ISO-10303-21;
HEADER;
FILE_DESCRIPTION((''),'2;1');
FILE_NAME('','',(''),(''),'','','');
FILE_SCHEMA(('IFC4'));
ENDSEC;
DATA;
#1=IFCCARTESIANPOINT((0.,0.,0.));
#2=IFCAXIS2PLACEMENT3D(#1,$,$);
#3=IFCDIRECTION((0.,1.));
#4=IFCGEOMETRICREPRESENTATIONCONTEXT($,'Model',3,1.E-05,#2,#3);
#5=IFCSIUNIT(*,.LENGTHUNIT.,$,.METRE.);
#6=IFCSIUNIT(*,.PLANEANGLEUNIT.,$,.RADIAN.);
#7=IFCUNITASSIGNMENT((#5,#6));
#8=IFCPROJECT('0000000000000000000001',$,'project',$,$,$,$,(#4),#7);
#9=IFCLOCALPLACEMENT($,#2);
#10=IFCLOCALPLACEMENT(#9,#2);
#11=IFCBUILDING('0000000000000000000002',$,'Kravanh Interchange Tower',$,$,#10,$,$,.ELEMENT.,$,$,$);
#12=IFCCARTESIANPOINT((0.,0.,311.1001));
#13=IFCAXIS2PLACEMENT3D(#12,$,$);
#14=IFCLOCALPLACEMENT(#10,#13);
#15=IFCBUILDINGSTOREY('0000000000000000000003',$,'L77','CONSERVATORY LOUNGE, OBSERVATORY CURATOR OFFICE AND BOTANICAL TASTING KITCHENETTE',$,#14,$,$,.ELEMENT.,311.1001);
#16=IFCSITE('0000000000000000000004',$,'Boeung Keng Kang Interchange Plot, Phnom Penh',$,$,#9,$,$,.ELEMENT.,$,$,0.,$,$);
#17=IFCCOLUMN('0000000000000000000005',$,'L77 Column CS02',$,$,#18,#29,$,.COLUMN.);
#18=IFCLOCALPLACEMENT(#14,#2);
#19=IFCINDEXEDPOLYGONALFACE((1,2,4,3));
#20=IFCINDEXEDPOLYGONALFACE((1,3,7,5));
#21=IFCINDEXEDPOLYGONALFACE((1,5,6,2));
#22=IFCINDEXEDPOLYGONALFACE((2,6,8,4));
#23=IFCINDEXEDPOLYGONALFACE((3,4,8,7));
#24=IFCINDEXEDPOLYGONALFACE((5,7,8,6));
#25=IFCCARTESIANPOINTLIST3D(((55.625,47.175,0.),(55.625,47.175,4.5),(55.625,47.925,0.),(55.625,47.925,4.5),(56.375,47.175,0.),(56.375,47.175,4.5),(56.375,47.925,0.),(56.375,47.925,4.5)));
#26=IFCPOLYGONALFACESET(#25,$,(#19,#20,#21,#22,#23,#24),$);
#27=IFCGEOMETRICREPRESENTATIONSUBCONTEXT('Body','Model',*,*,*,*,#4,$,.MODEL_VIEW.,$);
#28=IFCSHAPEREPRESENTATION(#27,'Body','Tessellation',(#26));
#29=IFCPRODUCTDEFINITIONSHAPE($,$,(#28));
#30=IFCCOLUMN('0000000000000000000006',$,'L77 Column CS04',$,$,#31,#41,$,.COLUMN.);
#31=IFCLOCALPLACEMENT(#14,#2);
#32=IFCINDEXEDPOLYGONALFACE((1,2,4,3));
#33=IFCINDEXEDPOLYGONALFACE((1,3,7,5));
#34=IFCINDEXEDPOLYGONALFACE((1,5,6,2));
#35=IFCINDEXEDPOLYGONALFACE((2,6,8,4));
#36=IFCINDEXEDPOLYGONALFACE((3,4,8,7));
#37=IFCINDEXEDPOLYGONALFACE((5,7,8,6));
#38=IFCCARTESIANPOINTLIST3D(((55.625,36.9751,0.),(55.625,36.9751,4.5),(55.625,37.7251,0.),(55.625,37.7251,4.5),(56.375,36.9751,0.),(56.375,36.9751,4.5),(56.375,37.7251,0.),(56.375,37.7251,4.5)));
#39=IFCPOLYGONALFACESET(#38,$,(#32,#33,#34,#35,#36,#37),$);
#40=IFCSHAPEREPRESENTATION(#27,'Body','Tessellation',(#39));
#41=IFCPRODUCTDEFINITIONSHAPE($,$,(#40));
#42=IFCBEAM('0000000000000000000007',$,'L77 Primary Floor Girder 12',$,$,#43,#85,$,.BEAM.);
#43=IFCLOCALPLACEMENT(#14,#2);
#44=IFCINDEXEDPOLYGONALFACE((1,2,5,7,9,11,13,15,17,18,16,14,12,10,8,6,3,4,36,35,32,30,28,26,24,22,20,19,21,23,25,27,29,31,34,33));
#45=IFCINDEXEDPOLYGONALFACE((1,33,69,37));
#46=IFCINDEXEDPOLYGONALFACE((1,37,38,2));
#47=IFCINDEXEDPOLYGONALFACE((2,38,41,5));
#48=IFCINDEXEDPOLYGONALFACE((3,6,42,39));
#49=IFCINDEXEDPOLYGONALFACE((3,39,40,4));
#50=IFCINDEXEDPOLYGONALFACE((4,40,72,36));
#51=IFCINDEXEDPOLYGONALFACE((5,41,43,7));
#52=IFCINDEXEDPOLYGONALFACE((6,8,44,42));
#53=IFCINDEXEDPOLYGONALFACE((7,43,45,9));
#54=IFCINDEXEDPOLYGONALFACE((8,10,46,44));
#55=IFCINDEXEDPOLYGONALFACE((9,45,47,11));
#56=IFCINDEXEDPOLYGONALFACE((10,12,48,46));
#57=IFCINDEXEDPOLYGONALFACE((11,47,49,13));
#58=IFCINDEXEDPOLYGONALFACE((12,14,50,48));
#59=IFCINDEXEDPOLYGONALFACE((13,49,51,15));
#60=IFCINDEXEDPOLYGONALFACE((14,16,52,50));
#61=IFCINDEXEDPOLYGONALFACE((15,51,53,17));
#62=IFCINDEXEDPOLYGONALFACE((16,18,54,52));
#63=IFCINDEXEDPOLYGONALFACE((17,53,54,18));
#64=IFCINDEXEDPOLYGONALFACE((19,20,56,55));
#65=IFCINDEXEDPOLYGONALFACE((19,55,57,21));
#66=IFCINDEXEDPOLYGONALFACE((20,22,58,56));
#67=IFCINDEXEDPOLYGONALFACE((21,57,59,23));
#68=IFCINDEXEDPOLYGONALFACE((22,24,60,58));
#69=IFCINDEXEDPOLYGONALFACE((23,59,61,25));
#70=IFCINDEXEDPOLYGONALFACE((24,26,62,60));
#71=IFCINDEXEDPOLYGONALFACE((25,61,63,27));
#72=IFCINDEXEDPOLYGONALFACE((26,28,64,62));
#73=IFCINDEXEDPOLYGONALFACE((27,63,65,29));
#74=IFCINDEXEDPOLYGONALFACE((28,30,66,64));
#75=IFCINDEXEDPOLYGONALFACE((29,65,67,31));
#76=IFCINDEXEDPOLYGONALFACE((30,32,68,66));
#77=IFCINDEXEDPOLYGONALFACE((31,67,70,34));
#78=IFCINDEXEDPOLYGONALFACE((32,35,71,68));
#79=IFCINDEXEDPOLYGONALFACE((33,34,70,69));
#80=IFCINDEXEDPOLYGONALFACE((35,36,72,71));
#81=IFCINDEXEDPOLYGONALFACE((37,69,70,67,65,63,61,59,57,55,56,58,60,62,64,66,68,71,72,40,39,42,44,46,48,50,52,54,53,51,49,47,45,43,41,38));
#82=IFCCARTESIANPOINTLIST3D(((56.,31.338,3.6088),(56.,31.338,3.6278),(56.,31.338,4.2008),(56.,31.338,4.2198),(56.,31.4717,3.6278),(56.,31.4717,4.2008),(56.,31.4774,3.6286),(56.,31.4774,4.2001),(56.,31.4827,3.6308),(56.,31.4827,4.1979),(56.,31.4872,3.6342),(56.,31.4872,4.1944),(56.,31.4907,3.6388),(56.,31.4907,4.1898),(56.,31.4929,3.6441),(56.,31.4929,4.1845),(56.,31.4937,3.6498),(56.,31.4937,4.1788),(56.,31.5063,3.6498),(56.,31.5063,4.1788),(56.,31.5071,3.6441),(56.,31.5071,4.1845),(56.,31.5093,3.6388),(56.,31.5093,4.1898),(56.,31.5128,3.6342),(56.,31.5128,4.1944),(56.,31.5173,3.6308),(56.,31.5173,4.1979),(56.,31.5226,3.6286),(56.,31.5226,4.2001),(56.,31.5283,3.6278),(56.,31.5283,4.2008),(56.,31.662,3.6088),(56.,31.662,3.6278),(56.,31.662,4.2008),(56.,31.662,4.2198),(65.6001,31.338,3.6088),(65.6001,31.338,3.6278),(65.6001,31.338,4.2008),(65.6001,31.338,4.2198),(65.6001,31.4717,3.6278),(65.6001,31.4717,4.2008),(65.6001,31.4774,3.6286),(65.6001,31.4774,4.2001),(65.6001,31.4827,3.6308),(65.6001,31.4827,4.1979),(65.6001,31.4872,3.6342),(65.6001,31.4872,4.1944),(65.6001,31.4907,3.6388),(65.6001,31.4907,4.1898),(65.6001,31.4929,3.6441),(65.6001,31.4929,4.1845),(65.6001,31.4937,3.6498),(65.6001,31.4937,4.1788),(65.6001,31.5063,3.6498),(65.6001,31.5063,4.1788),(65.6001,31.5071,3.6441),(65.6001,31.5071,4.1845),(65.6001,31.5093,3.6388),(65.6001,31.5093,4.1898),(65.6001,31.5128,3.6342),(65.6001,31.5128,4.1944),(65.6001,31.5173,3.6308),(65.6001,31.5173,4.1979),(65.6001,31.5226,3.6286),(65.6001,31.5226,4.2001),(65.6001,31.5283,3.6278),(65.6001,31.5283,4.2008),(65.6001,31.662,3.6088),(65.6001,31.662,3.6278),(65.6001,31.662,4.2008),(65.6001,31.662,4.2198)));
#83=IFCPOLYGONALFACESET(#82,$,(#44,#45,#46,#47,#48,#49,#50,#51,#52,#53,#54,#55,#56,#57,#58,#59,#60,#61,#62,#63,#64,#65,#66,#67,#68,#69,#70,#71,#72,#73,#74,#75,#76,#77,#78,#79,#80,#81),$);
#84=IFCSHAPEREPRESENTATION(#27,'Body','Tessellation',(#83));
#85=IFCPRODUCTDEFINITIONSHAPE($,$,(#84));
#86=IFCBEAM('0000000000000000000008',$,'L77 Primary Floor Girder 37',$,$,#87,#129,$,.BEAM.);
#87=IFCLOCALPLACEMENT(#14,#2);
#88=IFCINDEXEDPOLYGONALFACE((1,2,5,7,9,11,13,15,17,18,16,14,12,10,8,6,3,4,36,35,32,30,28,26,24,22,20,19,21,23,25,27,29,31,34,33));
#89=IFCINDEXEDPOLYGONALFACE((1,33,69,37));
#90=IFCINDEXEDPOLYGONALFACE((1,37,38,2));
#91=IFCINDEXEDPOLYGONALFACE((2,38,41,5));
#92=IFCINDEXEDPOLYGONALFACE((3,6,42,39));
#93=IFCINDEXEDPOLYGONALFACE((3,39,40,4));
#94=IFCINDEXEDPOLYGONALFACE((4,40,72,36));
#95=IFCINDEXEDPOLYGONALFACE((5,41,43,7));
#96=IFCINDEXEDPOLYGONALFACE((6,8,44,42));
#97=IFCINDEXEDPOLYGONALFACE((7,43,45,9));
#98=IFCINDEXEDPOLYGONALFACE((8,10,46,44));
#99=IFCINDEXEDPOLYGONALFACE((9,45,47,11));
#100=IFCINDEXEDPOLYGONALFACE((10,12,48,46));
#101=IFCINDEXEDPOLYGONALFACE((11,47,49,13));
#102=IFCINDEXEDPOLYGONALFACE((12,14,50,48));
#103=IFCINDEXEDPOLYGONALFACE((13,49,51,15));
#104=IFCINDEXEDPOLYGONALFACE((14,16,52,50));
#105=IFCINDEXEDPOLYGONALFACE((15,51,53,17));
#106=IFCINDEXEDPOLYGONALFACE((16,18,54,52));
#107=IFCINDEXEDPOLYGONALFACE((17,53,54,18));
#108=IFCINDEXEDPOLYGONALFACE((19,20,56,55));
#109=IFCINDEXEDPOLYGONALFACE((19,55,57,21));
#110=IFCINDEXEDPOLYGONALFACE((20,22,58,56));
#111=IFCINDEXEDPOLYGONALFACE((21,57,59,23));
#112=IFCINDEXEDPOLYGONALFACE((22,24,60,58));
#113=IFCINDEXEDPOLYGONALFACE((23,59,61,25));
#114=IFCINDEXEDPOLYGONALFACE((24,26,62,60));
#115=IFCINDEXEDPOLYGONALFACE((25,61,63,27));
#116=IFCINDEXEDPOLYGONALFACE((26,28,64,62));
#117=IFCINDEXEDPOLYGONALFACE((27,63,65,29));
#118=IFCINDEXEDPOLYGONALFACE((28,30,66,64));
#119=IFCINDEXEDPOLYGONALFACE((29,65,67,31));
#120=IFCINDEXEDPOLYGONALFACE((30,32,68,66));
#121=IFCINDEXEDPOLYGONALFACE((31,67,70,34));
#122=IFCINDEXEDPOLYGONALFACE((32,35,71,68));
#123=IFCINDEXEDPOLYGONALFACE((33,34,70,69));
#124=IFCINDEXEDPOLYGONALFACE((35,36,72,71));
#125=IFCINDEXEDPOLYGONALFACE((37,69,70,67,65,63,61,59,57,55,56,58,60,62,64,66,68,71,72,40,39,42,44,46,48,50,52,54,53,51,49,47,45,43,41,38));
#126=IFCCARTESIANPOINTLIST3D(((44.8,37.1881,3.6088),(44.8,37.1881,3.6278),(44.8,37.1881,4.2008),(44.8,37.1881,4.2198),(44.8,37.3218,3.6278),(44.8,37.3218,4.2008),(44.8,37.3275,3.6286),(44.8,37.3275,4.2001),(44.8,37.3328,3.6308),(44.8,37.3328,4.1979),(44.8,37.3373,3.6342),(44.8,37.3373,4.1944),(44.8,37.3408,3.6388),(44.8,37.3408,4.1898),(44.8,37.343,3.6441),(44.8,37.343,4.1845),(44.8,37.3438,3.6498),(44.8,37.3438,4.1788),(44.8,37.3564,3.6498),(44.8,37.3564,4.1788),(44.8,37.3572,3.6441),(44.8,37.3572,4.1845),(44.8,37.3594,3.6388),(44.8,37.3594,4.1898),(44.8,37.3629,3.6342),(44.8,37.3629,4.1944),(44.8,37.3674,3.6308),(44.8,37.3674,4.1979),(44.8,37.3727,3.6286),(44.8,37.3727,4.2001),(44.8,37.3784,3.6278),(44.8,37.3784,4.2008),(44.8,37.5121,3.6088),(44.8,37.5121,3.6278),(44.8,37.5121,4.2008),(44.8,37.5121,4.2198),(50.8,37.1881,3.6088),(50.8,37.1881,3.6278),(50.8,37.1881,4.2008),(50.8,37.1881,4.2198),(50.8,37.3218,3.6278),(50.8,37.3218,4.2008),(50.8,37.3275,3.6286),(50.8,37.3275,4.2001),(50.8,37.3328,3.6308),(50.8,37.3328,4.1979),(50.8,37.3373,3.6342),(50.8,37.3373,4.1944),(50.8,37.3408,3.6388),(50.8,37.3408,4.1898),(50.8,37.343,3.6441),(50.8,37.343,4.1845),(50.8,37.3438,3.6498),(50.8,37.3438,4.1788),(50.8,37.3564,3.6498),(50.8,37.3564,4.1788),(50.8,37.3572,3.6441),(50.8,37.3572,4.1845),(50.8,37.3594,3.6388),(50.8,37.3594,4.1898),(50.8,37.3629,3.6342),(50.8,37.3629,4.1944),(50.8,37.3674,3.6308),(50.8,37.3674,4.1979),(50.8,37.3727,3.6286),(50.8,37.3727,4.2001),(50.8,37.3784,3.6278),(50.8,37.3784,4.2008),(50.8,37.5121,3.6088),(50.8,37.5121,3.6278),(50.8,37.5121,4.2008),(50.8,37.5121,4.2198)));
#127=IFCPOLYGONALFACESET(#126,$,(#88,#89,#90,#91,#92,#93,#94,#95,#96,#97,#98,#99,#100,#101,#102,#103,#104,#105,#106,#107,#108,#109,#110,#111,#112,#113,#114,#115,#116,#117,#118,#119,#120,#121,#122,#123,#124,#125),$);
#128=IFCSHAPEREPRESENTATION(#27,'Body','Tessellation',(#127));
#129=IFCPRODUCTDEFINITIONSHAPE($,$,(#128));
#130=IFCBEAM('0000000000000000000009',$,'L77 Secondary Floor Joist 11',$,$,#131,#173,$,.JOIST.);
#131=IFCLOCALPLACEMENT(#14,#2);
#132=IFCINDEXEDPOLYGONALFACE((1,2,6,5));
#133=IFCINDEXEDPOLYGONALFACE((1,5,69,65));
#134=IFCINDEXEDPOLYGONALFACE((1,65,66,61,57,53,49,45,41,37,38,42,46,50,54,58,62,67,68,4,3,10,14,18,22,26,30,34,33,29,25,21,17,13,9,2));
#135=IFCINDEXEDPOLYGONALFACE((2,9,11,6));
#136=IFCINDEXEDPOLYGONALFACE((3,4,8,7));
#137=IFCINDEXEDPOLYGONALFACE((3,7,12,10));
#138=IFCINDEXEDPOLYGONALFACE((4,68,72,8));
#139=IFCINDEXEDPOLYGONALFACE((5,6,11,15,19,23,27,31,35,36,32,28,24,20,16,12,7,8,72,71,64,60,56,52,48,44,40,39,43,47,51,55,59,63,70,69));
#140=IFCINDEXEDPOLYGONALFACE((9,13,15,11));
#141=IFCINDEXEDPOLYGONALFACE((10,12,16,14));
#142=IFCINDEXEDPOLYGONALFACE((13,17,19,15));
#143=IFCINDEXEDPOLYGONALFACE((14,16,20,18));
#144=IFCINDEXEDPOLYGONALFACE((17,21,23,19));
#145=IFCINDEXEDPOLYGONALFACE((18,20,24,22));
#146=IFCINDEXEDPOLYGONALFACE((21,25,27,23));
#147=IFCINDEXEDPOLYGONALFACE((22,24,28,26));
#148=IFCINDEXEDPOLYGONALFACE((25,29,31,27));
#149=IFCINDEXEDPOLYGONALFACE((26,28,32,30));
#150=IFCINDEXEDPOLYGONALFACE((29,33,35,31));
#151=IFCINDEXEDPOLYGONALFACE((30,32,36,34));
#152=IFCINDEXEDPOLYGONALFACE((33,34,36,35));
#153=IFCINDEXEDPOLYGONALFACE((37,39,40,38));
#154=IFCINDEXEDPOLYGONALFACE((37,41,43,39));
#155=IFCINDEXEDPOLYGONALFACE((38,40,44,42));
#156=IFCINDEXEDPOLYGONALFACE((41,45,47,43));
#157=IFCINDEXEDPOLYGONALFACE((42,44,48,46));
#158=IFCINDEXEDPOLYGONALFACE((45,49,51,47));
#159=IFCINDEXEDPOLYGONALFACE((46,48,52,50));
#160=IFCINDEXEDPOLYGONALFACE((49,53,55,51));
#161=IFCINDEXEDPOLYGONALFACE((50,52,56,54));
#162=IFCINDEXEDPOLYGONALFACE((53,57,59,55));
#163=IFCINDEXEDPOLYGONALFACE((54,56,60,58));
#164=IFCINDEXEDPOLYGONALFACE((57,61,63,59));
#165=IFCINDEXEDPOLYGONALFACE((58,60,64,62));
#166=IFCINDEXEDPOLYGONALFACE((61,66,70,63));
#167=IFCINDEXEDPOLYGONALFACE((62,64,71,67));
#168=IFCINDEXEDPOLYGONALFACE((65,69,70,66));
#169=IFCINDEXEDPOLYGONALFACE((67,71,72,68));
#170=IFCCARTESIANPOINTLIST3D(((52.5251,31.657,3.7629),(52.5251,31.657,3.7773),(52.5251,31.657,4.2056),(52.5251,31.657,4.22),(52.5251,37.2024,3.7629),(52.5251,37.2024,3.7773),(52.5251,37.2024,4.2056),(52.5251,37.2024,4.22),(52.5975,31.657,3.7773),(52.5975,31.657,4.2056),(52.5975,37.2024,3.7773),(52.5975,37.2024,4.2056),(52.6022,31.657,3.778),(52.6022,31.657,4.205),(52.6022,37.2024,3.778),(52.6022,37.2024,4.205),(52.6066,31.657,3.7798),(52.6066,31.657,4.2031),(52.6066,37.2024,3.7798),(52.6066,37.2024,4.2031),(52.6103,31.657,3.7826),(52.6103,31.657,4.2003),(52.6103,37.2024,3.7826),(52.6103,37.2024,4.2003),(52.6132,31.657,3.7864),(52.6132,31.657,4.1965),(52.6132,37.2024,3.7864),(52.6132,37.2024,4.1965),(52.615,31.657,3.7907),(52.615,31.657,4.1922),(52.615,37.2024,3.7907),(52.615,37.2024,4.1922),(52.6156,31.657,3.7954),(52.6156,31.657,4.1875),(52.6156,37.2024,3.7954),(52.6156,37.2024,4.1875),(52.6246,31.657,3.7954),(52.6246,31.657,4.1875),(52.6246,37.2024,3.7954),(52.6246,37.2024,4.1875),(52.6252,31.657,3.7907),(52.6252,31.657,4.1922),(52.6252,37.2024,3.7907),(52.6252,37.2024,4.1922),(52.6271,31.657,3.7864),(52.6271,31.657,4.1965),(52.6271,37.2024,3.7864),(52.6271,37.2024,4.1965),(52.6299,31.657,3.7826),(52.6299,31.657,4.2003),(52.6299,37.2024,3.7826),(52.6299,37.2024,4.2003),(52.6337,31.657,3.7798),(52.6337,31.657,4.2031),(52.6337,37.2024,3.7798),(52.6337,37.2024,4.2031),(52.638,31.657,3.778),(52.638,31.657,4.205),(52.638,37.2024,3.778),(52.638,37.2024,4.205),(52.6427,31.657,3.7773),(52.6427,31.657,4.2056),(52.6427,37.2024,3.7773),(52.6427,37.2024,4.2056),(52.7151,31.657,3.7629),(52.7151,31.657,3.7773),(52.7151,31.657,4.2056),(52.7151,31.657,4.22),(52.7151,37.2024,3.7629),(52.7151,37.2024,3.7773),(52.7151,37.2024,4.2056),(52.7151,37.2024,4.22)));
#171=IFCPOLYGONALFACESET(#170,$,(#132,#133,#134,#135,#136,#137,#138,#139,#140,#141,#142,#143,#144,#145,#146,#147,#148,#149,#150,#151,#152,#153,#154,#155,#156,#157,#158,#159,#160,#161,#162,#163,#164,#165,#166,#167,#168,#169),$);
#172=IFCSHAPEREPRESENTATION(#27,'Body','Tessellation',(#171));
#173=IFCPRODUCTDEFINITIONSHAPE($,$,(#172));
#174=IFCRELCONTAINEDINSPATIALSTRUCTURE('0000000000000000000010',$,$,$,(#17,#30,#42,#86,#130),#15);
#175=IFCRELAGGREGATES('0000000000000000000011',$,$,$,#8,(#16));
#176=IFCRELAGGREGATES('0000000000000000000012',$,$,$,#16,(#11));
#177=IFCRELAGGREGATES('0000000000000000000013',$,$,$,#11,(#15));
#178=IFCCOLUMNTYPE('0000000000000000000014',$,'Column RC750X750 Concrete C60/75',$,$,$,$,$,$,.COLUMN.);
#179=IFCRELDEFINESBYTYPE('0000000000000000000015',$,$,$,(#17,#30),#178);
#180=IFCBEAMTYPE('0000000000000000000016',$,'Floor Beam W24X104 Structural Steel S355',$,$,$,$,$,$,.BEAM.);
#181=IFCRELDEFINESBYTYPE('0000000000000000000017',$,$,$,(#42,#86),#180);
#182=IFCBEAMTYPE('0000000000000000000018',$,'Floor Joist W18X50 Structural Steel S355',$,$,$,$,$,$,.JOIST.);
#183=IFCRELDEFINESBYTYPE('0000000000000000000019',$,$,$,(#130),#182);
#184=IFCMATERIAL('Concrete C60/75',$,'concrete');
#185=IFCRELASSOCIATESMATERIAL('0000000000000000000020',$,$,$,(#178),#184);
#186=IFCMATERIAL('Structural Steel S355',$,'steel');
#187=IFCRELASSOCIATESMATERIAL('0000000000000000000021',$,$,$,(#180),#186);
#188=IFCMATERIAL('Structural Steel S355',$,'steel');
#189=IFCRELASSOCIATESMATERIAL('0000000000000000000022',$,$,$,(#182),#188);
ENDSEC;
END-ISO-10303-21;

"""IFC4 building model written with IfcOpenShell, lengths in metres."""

from ifc_helpers import new_model, si_unit, direction, frame, origin, origin_2d, place, context, subcontext, project, spatial, rectangle, i_section, extrude, material, material_profile, profile_set, type_object, element, save


model = new_model("IFC4")

# Units and contexts
model_context = context("Model", 3, precision=1e-05, world=origin(), true_north=direction((0.0, 1.0)))
body_context = subcontext(model_context, "Body", "Model", "MODEL_VIEW")
ifc_project = project(units=[si_unit("LENGTHUNIT", "METRE"), si_unit("PLANEANGLEUNIT", "RADIAN")], contexts=[model_context])

# Site, building, storey
site_placement = place(None, origin())
site = spatial("IfcSite", under=ifc_project, at=site_placement, Name="Boeung Keng Kang Interchange Plot, Phnom Penh", CompositionType="ELEMENT", RefElevation=0.0)
building_placement = place(site_placement, origin())
building = spatial("IfcBuilding", under=site, at=building_placement, Name="Kravanh Interchange Tower", CompositionType="ELEMENT")
storey_placement = place(building_placement, frame((0.0, 0.0, 311.1001)))
storey = spatial("IfcBuildingStorey", under=building, at=storey_placement, Name="L77", Description="CONSERVATORY LOUNGE, OBSERVATORY CURATOR OFFICE AND BOTANICAL TASTING KITCHENETTE", CompositionType="ELEMENT", Elevation=311.1001)

# Columns
ifc_material_1 = material(Name="Concrete C60/75", Category="concrete")
ifc_material_profile_1 = material_profile(ifc_material_1, rectangle(XDim=0.75, YDim=0.75, at=origin_2d()), Name="RC750X750")
ifc_profile_set_1 = profile_set([ifc_material_profile_1], Name="Concrete C60/75")
column_type = type_object("IfcColumnType", Name="Column RC750X750 Concrete C60/75", PredefinedType="COLUMN", material=ifc_profile_set_1)
for number, where, z_axis, x_axis, name in (
    (1, (56.0, 47.55, 0.0), (0.0, 0.0, 1.0), (1.0, 0.0, 0.0), "L77 Column CS02"),
    (2, (56.0, 37.3501, 0.0), (0.0, 0.0, 1.0), (1.0, 0.0, 0.0), "L77 Column CS04"),
):
    element("IfcColumn", number, at=place(storey_placement, frame(where, z_axis=z_axis, x_axis=x_axis)), inside=storey, type_object=column_type, Name=name, PredefinedType="COLUMN", context=body_context, shape_type="SweptSolid", body=[
        extrude(rectangle(XDim=0.75, YDim=0.75, at=origin_2d()), origin(), (0.0, 0.0, 1.0), 4.5),
    ])

# Beams
ifc_material_2 = material(Name="Structural Steel S355", Category="steel")
ifc_material_profile_2 = material_profile(ifc_material_2, i_section(OverallWidth=0.324, OverallDepth=0.6111, WebThickness=0.0127, FlangeThickness=0.019, FilletRadius=0.022, at=origin_2d()), Name="W24X104")
ifc_profile_set_2 = profile_set([ifc_material_profile_2], Name="Structural Steel S355")
beam_type_1 = type_object("IfcBeamType", Name="Floor Beam W24X104 Structural Steel S355", PredefinedType="BEAM", material=ifc_profile_set_2)
beam_1_placement = place(storey_placement, frame((56.0, 31.5, 3.9143), z_axis=(1.0, 0.0, 0.0), x_axis=(0.0, 1.0, 0.0)))
element("IfcBeam", 3, at=beam_1_placement, inside=storey, type_object=beam_type_1, Name="L77 Primary Floor Girder 12", PredefinedType="BEAM", context=body_context, shape_type="SweptSolid", body=[
    extrude(i_section(OverallWidth=0.324, OverallDepth=0.6111, WebThickness=0.0127, FlangeThickness=0.019, FilletRadius=0.022, at=origin_2d()), origin(), (0.0, 0.0, 1.0), 9.6001),
])
beam_2_placement = place(storey_placement, frame((50.8, 37.3501, 3.9143), z_axis=(-1.0, 0.0, 0.0), x_axis=(0.0, -1.0, 0.0)))
element("IfcBeam", 4, at=beam_2_placement, inside=storey, type_object=beam_type_1, Name="L77 Primary Floor Girder 37", PredefinedType="BEAM", context=body_context, shape_type="SweptSolid", body=[
    extrude(i_section(OverallWidth=0.324, OverallDepth=0.6111, WebThickness=0.0127, FlangeThickness=0.019, FilletRadius=0.022, at=origin_2d()), origin(), (0.0, 0.0, 1.0), 6.0),
])
ifc_material_3 = material(Name="Structural Steel S355", Category="steel")
ifc_material_profile_3 = material_profile(ifc_material_3, i_section(OverallWidth=0.1899, OverallDepth=0.457, WebThickness=0.009, FlangeThickness=0.0144, FilletRadius=0.0181, at=origin_2d()), Name="W18X50")
ifc_profile_set_3 = profile_set([ifc_material_profile_3], Name="Structural Steel S355")
beam_type_2 = type_object("IfcBeamType", Name="Floor Joist W18X50 Structural Steel S355", PredefinedType="JOIST", material=ifc_profile_set_3)
for number, where, z_axis, x_axis, name in (
    (5, (52.6201, 31.657, 3.9915), (0.0, 1.0, 0.0), (-1.0, 0.0, 0.0), "L77 Secondary Floor Joist 11"),
):
    element("IfcBeam", number, at=place(storey_placement, frame(where, z_axis=z_axis, x_axis=x_axis)), inside=storey, type_object=beam_type_2, Name=name, PredefinedType="JOIST", context=body_context, shape_type="SweptSolid", body=[
        extrude(i_section(OverallWidth=0.1899, OverallDepth=0.457, WebThickness=0.009, FlangeThickness=0.0144, FilletRadius=0.0181, at=origin_2d()), origin(), (0.0, 0.0, 1.0), 5.5454),
    ])

save(model, "model.ifc")
